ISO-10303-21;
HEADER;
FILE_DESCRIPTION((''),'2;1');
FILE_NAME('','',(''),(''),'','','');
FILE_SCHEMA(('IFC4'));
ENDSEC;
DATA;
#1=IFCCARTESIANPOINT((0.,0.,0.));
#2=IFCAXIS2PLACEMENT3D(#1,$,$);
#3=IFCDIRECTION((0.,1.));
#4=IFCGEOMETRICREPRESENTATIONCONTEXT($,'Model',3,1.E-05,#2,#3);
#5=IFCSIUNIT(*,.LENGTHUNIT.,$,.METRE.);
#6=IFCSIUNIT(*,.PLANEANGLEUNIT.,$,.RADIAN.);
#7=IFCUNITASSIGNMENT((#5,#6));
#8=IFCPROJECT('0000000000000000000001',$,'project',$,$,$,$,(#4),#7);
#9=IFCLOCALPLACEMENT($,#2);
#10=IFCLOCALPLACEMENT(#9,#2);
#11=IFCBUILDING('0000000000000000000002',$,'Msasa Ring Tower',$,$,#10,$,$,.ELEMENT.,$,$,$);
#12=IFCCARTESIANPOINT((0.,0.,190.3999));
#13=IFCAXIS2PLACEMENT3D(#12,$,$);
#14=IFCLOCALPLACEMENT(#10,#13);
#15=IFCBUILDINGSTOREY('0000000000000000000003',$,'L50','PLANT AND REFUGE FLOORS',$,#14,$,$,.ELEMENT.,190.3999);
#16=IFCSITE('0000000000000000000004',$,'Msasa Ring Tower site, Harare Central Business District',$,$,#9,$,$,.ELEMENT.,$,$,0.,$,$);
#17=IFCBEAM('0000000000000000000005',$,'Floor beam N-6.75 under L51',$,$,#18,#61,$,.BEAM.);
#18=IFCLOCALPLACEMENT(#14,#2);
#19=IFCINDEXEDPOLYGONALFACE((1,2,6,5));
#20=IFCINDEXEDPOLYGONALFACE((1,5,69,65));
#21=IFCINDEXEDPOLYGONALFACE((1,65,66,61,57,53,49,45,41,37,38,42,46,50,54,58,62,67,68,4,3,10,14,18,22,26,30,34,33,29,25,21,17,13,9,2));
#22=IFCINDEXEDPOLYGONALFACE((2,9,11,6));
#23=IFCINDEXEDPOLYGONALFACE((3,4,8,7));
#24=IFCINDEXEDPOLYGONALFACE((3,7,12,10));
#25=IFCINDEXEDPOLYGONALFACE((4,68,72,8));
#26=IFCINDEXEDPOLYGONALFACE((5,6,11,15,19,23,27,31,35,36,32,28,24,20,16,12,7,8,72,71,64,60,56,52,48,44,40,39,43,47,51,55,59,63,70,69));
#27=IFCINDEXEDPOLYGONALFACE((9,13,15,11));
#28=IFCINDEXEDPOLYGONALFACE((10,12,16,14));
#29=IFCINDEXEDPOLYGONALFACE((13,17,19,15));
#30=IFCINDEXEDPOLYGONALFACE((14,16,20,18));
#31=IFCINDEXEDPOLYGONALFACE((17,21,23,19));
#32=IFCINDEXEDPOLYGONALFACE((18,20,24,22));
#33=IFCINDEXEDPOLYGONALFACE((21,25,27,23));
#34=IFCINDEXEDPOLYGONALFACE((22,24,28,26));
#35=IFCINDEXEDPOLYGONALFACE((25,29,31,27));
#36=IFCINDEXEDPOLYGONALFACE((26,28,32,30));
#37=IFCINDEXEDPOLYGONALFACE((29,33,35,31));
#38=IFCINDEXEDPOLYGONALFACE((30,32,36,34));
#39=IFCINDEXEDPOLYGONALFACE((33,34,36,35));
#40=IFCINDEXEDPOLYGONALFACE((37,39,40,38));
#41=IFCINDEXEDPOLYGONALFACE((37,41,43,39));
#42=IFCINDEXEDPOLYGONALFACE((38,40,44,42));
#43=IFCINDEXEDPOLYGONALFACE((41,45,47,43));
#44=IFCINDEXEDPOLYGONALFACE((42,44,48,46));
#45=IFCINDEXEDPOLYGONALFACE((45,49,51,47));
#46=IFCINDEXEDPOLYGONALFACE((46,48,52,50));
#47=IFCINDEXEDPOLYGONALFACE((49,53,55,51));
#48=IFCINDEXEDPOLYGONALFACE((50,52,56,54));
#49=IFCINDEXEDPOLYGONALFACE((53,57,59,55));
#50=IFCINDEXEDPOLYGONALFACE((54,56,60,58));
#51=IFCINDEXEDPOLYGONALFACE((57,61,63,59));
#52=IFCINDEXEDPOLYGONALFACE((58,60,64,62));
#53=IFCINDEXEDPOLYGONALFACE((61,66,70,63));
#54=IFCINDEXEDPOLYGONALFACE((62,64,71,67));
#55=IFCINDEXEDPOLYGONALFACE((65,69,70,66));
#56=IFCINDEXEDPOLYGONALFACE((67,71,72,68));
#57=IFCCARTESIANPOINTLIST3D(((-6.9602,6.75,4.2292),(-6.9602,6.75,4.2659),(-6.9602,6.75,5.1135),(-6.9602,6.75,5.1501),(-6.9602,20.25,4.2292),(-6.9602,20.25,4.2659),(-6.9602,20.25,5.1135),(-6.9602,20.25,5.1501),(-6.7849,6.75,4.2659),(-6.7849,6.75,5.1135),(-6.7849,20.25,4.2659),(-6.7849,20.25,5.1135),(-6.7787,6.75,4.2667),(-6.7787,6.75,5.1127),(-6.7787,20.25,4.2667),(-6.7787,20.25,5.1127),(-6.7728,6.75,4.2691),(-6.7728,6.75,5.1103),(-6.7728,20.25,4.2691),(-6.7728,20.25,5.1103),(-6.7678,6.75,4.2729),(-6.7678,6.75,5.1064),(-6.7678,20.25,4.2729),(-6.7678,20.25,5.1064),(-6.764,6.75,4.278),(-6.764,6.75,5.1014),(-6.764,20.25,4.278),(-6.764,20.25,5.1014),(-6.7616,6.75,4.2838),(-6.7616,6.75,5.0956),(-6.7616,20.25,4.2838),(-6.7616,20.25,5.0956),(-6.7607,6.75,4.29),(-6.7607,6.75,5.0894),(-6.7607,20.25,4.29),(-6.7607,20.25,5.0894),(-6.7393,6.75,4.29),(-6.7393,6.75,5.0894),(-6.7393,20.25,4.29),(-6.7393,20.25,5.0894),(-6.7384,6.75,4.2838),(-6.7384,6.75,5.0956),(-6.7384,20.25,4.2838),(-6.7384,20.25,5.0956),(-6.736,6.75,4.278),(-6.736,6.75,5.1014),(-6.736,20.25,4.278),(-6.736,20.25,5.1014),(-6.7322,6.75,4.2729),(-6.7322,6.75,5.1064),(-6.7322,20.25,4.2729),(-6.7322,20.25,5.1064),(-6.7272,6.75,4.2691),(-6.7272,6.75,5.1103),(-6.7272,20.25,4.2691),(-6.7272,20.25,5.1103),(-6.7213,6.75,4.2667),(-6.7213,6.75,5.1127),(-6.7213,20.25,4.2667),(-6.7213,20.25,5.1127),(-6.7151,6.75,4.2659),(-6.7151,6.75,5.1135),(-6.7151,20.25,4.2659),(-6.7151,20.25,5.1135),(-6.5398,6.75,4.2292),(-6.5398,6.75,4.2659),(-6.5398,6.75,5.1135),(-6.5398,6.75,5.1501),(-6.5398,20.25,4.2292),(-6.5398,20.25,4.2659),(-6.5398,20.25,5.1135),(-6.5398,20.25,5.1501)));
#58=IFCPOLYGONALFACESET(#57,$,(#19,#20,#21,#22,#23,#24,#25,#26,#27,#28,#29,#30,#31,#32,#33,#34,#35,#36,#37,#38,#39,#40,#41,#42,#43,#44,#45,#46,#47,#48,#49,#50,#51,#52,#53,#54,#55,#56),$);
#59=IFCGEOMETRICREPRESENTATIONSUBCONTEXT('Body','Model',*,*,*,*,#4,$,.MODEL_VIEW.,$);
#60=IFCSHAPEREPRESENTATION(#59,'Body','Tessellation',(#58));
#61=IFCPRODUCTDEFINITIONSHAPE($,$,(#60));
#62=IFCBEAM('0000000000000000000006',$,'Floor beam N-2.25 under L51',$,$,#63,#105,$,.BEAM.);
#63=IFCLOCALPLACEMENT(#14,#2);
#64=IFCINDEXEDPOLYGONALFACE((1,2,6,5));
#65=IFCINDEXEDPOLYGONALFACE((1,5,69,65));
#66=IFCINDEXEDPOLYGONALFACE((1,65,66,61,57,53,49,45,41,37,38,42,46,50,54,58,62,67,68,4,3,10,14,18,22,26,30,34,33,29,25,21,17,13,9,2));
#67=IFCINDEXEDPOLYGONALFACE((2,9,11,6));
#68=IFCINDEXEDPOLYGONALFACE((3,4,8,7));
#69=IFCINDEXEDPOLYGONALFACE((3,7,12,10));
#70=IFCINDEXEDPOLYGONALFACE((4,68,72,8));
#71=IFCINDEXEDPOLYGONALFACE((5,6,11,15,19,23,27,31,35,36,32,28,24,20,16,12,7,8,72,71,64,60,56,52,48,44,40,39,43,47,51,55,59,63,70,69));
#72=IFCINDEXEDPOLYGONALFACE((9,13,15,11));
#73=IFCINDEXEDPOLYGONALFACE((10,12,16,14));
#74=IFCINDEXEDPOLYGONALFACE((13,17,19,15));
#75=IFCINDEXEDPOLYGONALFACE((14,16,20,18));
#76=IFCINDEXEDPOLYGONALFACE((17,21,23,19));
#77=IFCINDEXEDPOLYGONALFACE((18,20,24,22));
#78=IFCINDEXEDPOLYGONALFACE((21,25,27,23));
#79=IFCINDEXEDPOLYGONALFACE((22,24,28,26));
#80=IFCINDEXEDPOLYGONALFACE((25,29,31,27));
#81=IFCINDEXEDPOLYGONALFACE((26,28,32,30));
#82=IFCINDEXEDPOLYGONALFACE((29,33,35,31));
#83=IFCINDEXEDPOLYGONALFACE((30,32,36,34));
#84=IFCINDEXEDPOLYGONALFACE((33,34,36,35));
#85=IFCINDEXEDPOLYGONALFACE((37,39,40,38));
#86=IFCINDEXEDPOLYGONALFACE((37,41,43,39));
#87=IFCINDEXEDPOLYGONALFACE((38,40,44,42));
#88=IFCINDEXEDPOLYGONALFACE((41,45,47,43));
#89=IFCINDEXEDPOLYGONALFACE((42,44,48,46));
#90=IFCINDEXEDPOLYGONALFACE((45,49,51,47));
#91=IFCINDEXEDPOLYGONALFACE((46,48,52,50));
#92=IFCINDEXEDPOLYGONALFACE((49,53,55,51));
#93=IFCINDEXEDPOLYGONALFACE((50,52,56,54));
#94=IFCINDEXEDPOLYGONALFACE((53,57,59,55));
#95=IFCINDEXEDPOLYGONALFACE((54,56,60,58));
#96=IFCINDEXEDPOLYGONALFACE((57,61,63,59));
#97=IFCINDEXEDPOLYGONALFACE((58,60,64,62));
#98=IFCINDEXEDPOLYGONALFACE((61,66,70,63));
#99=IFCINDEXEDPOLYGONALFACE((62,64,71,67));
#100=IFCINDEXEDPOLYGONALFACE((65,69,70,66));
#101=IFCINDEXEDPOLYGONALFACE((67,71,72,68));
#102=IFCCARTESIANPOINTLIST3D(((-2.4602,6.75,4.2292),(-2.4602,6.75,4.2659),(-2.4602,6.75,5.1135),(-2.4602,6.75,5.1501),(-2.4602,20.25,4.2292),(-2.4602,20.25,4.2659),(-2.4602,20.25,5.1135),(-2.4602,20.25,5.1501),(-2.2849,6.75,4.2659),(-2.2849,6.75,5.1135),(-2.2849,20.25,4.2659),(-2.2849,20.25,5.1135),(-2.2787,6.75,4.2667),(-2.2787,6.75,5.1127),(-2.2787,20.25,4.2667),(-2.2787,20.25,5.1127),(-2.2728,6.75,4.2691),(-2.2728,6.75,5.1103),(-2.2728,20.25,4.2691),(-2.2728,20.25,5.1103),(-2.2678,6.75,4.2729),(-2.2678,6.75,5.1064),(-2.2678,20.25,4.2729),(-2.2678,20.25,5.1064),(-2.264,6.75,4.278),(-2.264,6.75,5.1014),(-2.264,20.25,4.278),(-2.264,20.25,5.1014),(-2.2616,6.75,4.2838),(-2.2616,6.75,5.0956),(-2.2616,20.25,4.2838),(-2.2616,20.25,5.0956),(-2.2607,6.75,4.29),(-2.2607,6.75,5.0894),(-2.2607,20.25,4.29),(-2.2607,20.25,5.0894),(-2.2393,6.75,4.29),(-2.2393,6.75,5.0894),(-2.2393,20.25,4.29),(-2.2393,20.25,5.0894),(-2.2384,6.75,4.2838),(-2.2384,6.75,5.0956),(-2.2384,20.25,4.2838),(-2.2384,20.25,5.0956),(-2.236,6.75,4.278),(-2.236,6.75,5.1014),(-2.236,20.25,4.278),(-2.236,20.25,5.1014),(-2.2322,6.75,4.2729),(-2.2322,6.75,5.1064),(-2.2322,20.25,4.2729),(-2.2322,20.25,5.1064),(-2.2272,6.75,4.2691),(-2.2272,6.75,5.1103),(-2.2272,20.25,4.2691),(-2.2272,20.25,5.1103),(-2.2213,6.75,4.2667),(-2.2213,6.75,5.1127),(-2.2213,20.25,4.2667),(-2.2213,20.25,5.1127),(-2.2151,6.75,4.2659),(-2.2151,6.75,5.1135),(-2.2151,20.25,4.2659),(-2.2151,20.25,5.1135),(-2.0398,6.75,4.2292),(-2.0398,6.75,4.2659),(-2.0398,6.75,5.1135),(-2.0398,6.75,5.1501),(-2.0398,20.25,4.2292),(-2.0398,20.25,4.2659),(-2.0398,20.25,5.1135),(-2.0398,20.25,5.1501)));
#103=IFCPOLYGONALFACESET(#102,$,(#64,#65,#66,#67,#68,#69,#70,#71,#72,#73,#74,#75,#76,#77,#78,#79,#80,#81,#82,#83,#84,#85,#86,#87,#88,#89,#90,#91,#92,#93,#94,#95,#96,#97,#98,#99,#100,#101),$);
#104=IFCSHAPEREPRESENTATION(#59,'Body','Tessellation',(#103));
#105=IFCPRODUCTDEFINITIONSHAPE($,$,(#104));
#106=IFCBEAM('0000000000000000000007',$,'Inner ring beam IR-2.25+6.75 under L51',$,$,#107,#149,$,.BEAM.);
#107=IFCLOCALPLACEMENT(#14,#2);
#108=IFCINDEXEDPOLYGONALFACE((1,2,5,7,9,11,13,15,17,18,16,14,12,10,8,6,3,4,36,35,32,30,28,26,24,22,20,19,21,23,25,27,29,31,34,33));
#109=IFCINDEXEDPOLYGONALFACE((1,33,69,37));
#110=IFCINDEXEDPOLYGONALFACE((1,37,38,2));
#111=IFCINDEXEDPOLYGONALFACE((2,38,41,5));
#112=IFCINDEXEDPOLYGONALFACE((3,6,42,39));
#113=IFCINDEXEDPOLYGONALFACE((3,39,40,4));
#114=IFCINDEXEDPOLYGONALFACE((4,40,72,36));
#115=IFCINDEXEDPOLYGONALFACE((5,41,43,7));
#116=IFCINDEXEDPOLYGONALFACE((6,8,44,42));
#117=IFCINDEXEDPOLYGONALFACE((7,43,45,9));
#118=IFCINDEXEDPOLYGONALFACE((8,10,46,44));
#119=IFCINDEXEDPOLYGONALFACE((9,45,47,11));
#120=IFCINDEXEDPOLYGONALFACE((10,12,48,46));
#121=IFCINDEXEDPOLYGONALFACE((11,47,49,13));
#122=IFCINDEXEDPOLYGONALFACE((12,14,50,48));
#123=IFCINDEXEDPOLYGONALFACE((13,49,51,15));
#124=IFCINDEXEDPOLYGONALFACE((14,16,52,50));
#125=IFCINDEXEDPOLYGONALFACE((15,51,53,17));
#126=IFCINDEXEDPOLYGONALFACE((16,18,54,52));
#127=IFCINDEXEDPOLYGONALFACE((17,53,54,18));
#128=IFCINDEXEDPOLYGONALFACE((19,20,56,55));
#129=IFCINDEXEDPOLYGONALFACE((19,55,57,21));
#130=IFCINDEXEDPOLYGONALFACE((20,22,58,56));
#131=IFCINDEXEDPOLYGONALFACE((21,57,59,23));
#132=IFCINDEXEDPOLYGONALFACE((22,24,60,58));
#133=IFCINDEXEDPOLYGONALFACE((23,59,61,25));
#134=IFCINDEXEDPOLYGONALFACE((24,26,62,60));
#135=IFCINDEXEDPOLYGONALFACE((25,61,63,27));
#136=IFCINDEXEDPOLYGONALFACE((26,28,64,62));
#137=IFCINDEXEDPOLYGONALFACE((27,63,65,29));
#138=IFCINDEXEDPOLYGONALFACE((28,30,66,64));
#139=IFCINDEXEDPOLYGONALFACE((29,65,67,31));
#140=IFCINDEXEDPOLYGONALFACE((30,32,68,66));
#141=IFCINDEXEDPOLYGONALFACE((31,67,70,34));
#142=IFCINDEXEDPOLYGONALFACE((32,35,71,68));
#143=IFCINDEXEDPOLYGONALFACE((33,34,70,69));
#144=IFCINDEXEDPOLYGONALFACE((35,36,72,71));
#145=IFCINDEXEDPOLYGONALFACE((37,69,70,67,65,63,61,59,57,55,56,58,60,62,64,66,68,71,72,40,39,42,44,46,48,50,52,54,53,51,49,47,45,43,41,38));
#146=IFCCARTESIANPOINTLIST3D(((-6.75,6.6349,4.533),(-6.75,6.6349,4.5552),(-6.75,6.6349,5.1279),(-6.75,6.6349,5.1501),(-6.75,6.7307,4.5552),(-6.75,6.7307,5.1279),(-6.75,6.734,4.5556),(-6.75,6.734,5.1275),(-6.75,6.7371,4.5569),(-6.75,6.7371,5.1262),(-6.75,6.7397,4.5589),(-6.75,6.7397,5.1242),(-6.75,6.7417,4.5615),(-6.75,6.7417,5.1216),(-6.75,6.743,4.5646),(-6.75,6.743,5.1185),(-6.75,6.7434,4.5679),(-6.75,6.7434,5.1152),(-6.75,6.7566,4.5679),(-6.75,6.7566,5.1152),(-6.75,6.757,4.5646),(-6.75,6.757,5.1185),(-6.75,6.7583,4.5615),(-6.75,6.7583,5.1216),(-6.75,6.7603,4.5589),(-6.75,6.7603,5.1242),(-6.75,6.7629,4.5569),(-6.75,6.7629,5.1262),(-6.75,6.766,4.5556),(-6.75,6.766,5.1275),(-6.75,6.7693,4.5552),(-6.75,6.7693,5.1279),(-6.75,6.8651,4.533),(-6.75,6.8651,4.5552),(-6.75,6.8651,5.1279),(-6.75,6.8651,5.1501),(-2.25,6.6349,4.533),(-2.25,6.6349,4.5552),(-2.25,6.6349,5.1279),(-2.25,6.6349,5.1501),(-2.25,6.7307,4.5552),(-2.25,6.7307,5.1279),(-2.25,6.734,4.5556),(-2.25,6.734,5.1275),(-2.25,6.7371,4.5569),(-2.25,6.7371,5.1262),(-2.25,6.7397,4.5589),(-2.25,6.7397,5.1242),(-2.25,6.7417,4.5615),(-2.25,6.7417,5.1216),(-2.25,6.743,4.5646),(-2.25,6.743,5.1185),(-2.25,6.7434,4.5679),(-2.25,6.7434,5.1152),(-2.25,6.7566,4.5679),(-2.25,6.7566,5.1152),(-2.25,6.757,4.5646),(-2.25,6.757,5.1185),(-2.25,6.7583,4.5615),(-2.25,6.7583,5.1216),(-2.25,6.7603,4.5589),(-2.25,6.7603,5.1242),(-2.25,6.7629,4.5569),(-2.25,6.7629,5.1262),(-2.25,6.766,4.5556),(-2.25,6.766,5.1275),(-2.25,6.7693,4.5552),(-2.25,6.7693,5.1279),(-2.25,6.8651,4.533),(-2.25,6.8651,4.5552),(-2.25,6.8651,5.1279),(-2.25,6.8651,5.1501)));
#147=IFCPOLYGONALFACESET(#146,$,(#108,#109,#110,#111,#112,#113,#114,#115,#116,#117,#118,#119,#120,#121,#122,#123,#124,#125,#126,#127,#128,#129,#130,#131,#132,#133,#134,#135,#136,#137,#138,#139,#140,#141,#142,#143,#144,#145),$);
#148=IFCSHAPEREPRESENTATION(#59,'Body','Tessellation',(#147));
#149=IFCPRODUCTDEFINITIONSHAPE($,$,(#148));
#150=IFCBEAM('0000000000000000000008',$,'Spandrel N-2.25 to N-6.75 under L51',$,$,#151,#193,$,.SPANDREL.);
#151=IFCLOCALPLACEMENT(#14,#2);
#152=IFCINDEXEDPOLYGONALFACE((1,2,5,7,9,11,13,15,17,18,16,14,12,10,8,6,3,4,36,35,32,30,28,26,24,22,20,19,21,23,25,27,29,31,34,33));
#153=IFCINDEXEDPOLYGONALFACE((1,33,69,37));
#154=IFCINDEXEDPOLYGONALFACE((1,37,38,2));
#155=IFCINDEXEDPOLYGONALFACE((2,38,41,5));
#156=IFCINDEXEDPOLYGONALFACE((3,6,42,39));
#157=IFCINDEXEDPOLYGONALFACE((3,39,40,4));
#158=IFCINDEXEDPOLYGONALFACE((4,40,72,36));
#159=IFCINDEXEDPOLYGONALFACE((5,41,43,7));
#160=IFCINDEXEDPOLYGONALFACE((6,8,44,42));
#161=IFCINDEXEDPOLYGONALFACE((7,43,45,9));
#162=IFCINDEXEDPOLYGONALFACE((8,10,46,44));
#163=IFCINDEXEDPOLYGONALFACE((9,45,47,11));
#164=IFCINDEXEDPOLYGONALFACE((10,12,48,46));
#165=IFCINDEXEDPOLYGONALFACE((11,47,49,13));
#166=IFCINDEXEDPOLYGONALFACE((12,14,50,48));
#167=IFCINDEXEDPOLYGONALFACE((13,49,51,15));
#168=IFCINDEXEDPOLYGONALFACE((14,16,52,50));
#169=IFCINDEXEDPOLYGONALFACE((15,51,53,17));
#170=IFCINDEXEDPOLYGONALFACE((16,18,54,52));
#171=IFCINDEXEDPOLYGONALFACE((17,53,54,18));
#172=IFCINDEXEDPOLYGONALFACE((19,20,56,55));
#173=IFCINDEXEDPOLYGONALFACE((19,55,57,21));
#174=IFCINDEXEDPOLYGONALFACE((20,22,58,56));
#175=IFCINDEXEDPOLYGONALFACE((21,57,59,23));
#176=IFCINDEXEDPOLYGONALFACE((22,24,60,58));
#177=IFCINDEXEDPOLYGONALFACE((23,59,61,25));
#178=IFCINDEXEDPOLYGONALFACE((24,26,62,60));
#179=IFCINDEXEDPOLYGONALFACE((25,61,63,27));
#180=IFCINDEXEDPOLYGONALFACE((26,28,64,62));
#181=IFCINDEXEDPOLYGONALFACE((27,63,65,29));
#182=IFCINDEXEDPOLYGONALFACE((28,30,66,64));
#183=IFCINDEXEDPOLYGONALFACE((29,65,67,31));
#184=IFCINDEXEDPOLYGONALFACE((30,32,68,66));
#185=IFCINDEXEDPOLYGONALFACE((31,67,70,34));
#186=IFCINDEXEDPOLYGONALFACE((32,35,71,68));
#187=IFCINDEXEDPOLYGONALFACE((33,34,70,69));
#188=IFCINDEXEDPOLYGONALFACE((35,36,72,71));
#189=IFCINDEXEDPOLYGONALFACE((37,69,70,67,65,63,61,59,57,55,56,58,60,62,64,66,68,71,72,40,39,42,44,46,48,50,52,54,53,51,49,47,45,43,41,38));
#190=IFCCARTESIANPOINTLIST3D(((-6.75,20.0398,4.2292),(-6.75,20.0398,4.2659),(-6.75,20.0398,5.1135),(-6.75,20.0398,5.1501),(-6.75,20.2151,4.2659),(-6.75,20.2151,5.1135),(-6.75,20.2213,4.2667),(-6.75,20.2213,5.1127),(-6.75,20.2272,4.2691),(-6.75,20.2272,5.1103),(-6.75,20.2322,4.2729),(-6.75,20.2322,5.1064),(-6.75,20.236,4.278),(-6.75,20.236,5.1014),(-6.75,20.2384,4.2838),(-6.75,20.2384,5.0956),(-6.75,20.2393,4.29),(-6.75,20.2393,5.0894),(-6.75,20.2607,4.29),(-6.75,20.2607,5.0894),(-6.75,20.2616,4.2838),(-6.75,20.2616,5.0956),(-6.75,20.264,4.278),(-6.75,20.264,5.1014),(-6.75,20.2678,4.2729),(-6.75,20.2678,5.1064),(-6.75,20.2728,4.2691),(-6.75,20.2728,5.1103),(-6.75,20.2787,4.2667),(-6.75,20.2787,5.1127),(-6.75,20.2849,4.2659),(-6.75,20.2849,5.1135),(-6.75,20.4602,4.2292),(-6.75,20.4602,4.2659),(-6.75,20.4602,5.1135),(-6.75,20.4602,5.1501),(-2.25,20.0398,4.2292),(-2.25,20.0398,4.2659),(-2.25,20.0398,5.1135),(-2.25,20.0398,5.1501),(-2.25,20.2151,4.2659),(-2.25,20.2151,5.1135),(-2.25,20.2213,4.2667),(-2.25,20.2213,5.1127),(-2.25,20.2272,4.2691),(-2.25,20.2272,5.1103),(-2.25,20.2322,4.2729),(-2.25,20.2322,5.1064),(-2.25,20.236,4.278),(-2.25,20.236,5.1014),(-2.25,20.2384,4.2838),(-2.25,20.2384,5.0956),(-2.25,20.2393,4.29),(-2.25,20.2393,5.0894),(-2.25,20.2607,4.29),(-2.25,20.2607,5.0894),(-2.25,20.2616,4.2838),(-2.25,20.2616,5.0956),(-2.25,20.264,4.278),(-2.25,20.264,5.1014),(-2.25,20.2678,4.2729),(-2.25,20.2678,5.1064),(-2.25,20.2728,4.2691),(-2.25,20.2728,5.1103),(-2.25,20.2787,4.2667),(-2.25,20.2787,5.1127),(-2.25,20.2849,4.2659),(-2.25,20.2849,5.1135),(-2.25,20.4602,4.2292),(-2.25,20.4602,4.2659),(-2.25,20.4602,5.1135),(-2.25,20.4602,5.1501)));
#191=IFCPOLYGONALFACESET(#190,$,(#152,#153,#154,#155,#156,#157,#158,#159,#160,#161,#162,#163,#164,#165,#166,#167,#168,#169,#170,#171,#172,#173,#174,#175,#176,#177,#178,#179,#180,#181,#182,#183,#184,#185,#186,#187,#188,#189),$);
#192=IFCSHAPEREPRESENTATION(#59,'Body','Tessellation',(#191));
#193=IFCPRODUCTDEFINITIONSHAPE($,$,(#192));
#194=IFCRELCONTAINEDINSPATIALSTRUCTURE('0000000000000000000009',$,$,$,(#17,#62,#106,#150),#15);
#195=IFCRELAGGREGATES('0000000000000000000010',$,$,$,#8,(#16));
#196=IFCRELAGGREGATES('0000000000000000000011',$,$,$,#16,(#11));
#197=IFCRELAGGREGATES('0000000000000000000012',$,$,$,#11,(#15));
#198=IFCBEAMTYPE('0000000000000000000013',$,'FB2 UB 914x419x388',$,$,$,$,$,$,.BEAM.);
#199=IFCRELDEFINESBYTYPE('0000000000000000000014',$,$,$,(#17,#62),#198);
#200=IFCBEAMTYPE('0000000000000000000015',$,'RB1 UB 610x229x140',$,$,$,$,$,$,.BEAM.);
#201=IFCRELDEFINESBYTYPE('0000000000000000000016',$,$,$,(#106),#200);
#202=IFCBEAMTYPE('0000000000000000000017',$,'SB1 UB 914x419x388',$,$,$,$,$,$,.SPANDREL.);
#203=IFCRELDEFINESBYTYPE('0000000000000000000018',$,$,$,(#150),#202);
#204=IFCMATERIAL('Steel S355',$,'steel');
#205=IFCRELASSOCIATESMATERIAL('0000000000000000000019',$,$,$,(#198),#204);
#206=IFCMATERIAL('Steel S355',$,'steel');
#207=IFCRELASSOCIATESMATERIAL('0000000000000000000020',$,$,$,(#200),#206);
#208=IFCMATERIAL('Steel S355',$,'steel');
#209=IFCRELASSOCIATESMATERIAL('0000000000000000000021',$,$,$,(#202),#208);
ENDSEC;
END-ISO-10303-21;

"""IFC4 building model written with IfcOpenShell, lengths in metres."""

from ifc_helpers import new_model, si_unit, direction, frame, origin, origin_2d, place, context, subcontext, project, spatial, i_section, extrude, material, material_profile, profile_set, type_object, element, save


model = new_model("IFC4")

# Units and contexts
model_context = context("Model", 3, precision=1e-05, world=origin(), true_north=direction((0.0, 1.0)))
body_context = subcontext(model_context, "Body", "Model", "MODEL_VIEW")
ifc_project = project(units=[si_unit("LENGTHUNIT", "METRE"), si_unit("PLANEANGLEUNIT", "RADIAN")], contexts=[model_context])

# Site, building, storey
site_placement = place(None, origin())
site = spatial("IfcSite", under=ifc_project, at=site_placement, Name="Msasa Ring Tower site, Harare Central Business District", CompositionType="ELEMENT", RefElevation=0.0)
building_placement = place(site_placement, origin())
building = spatial("IfcBuilding", under=site, at=building_placement, Name="Msasa Ring Tower", CompositionType="ELEMENT")
storey_placement = place(building_placement, frame((0.0, 0.0, 190.3999)))
storey = spatial("IfcBuildingStorey", under=building, at=storey_placement, Name="L50", Description="PLANT AND REFUGE FLOORS", CompositionType="ELEMENT", Elevation=190.3999)

# Beams
ifc_material_1 = material(Name="Steel S355", Category="steel")
ifc_material_profile_1 = material_profile(ifc_material_1, i_section(OverallWidth=0.4204, OverallDepth=0.9209, WebThickness=0.0215, FlangeThickness=0.0366, FilletRadius=0.0242, at=origin_2d()), Name="UB 914x419x388")
ifc_profile_set_1 = profile_set([ifc_material_profile_1], Name="Steel S355")
beam_type_1 = type_object("IfcBeamType", Name="FB2 UB 914x419x388", PredefinedType="BEAM", material=ifc_profile_set_1)
for number, where, z_axis, x_axis, name in (
    (1, (-6.75, 20.25, 4.6897), (0.0, -1.0, 0.0), (1.0, 0.0, 0.0), "Floor beam N-6.75 under L51"),
    (2, (-2.25, 20.25, 4.6897), (0.0, -1.0, 0.0), (1.0, 0.0, 0.0), "Floor beam N-2.25 under L51"),
):
    element("IfcBeam", number, at=place(storey_placement, frame(where, z_axis=z_axis, x_axis=x_axis)), inside=storey, type_object=beam_type_1, Name=name, PredefinedType="BEAM", context=body_context, shape_type="SweptSolid", body=[
        extrude(i_section(OverallWidth=0.4204, OverallDepth=0.9209, WebThickness=0.0215, FlangeThickness=0.0366, FilletRadius=0.0242, at=origin_2d()), origin(), (0.0, 0.0, 1.0), 13.5),
    ])
ifc_material_2 = material(Name="Steel S355", Category="steel")
ifc_material_profile_2 = material_profile(ifc_material_2, i_section(OverallWidth=0.2302, OverallDepth=0.6172, WebThickness=0.0132, FlangeThickness=0.0222, FilletRadius=0.0127, at=origin_2d()), Name="UB 610x229x140")
ifc_profile_set_2 = profile_set([ifc_material_profile_2], Name="Steel S355")
beam_type_2 = type_object("IfcBeamType", Name="RB1 UB 610x229x140", PredefinedType="BEAM", material=ifc_profile_set_2)
beam_placement = place(storey_placement, frame((-2.25, 6.75, 4.8416), z_axis=(-1.0, 0.0, 0.0), x_axis=(0.0, -1.0, 0.0)))
element("IfcBeam", 3, at=beam_placement, inside=storey, type_object=beam_type_2, Name="Inner ring beam IR-2.25+6.75 under L51", PredefinedType="BEAM", context=body_context, shape_type="SweptSolid", body=[
    extrude(i_section(OverallWidth=0.2302, OverallDepth=0.6172, WebThickness=0.0132, FlangeThickness=0.0222, FilletRadius=0.0127, at=origin_2d()), origin(), (0.0, 0.0, 1.0), 4.5),
])
ifc_material_3 = material(Name="Steel S355", Category="steel")
ifc_material_profile_3 = material_profile(ifc_material_3, i_section(OverallWidth=0.4204, OverallDepth=0.9209, WebThickness=0.0215, FlangeThickness=0.0366, FilletRadius=0.0242, at=origin_2d()), Name="UB 914x419x388")
ifc_profile_set_3 = profile_set([ifc_material_profile_3], Name="Steel S355")
beam_type_3 = type_object("IfcBeamType", Name="SB1 UB 914x419x388", PredefinedType="SPANDREL", material=ifc_profile_set_3)
for number, where, z_axis, x_axis, name in (
    (4, (-2.25, 20.25, 4.6897), (-1.0, 0.0, 0.0), (0.0, -1.0, 0.0), "Spandrel N-2.25 to N-6.75 under L51"),
):
    element("IfcBeam", number, at=place(storey_placement, frame(where, z_axis=z_axis, x_axis=x_axis)), inside=storey, type_object=beam_type_3, Name=name, PredefinedType="SPANDREL", context=body_context, shape_type="SweptSolid", body=[
        extrude(i_section(OverallWidth=0.4204, OverallDepth=0.9209, WebThickness=0.0215, FlangeThickness=0.0366, FilletRadius=0.0242, at=origin_2d()), origin(), (0.0, 0.0, 1.0), 4.5),
    ])

save(model, "model.ifc")
